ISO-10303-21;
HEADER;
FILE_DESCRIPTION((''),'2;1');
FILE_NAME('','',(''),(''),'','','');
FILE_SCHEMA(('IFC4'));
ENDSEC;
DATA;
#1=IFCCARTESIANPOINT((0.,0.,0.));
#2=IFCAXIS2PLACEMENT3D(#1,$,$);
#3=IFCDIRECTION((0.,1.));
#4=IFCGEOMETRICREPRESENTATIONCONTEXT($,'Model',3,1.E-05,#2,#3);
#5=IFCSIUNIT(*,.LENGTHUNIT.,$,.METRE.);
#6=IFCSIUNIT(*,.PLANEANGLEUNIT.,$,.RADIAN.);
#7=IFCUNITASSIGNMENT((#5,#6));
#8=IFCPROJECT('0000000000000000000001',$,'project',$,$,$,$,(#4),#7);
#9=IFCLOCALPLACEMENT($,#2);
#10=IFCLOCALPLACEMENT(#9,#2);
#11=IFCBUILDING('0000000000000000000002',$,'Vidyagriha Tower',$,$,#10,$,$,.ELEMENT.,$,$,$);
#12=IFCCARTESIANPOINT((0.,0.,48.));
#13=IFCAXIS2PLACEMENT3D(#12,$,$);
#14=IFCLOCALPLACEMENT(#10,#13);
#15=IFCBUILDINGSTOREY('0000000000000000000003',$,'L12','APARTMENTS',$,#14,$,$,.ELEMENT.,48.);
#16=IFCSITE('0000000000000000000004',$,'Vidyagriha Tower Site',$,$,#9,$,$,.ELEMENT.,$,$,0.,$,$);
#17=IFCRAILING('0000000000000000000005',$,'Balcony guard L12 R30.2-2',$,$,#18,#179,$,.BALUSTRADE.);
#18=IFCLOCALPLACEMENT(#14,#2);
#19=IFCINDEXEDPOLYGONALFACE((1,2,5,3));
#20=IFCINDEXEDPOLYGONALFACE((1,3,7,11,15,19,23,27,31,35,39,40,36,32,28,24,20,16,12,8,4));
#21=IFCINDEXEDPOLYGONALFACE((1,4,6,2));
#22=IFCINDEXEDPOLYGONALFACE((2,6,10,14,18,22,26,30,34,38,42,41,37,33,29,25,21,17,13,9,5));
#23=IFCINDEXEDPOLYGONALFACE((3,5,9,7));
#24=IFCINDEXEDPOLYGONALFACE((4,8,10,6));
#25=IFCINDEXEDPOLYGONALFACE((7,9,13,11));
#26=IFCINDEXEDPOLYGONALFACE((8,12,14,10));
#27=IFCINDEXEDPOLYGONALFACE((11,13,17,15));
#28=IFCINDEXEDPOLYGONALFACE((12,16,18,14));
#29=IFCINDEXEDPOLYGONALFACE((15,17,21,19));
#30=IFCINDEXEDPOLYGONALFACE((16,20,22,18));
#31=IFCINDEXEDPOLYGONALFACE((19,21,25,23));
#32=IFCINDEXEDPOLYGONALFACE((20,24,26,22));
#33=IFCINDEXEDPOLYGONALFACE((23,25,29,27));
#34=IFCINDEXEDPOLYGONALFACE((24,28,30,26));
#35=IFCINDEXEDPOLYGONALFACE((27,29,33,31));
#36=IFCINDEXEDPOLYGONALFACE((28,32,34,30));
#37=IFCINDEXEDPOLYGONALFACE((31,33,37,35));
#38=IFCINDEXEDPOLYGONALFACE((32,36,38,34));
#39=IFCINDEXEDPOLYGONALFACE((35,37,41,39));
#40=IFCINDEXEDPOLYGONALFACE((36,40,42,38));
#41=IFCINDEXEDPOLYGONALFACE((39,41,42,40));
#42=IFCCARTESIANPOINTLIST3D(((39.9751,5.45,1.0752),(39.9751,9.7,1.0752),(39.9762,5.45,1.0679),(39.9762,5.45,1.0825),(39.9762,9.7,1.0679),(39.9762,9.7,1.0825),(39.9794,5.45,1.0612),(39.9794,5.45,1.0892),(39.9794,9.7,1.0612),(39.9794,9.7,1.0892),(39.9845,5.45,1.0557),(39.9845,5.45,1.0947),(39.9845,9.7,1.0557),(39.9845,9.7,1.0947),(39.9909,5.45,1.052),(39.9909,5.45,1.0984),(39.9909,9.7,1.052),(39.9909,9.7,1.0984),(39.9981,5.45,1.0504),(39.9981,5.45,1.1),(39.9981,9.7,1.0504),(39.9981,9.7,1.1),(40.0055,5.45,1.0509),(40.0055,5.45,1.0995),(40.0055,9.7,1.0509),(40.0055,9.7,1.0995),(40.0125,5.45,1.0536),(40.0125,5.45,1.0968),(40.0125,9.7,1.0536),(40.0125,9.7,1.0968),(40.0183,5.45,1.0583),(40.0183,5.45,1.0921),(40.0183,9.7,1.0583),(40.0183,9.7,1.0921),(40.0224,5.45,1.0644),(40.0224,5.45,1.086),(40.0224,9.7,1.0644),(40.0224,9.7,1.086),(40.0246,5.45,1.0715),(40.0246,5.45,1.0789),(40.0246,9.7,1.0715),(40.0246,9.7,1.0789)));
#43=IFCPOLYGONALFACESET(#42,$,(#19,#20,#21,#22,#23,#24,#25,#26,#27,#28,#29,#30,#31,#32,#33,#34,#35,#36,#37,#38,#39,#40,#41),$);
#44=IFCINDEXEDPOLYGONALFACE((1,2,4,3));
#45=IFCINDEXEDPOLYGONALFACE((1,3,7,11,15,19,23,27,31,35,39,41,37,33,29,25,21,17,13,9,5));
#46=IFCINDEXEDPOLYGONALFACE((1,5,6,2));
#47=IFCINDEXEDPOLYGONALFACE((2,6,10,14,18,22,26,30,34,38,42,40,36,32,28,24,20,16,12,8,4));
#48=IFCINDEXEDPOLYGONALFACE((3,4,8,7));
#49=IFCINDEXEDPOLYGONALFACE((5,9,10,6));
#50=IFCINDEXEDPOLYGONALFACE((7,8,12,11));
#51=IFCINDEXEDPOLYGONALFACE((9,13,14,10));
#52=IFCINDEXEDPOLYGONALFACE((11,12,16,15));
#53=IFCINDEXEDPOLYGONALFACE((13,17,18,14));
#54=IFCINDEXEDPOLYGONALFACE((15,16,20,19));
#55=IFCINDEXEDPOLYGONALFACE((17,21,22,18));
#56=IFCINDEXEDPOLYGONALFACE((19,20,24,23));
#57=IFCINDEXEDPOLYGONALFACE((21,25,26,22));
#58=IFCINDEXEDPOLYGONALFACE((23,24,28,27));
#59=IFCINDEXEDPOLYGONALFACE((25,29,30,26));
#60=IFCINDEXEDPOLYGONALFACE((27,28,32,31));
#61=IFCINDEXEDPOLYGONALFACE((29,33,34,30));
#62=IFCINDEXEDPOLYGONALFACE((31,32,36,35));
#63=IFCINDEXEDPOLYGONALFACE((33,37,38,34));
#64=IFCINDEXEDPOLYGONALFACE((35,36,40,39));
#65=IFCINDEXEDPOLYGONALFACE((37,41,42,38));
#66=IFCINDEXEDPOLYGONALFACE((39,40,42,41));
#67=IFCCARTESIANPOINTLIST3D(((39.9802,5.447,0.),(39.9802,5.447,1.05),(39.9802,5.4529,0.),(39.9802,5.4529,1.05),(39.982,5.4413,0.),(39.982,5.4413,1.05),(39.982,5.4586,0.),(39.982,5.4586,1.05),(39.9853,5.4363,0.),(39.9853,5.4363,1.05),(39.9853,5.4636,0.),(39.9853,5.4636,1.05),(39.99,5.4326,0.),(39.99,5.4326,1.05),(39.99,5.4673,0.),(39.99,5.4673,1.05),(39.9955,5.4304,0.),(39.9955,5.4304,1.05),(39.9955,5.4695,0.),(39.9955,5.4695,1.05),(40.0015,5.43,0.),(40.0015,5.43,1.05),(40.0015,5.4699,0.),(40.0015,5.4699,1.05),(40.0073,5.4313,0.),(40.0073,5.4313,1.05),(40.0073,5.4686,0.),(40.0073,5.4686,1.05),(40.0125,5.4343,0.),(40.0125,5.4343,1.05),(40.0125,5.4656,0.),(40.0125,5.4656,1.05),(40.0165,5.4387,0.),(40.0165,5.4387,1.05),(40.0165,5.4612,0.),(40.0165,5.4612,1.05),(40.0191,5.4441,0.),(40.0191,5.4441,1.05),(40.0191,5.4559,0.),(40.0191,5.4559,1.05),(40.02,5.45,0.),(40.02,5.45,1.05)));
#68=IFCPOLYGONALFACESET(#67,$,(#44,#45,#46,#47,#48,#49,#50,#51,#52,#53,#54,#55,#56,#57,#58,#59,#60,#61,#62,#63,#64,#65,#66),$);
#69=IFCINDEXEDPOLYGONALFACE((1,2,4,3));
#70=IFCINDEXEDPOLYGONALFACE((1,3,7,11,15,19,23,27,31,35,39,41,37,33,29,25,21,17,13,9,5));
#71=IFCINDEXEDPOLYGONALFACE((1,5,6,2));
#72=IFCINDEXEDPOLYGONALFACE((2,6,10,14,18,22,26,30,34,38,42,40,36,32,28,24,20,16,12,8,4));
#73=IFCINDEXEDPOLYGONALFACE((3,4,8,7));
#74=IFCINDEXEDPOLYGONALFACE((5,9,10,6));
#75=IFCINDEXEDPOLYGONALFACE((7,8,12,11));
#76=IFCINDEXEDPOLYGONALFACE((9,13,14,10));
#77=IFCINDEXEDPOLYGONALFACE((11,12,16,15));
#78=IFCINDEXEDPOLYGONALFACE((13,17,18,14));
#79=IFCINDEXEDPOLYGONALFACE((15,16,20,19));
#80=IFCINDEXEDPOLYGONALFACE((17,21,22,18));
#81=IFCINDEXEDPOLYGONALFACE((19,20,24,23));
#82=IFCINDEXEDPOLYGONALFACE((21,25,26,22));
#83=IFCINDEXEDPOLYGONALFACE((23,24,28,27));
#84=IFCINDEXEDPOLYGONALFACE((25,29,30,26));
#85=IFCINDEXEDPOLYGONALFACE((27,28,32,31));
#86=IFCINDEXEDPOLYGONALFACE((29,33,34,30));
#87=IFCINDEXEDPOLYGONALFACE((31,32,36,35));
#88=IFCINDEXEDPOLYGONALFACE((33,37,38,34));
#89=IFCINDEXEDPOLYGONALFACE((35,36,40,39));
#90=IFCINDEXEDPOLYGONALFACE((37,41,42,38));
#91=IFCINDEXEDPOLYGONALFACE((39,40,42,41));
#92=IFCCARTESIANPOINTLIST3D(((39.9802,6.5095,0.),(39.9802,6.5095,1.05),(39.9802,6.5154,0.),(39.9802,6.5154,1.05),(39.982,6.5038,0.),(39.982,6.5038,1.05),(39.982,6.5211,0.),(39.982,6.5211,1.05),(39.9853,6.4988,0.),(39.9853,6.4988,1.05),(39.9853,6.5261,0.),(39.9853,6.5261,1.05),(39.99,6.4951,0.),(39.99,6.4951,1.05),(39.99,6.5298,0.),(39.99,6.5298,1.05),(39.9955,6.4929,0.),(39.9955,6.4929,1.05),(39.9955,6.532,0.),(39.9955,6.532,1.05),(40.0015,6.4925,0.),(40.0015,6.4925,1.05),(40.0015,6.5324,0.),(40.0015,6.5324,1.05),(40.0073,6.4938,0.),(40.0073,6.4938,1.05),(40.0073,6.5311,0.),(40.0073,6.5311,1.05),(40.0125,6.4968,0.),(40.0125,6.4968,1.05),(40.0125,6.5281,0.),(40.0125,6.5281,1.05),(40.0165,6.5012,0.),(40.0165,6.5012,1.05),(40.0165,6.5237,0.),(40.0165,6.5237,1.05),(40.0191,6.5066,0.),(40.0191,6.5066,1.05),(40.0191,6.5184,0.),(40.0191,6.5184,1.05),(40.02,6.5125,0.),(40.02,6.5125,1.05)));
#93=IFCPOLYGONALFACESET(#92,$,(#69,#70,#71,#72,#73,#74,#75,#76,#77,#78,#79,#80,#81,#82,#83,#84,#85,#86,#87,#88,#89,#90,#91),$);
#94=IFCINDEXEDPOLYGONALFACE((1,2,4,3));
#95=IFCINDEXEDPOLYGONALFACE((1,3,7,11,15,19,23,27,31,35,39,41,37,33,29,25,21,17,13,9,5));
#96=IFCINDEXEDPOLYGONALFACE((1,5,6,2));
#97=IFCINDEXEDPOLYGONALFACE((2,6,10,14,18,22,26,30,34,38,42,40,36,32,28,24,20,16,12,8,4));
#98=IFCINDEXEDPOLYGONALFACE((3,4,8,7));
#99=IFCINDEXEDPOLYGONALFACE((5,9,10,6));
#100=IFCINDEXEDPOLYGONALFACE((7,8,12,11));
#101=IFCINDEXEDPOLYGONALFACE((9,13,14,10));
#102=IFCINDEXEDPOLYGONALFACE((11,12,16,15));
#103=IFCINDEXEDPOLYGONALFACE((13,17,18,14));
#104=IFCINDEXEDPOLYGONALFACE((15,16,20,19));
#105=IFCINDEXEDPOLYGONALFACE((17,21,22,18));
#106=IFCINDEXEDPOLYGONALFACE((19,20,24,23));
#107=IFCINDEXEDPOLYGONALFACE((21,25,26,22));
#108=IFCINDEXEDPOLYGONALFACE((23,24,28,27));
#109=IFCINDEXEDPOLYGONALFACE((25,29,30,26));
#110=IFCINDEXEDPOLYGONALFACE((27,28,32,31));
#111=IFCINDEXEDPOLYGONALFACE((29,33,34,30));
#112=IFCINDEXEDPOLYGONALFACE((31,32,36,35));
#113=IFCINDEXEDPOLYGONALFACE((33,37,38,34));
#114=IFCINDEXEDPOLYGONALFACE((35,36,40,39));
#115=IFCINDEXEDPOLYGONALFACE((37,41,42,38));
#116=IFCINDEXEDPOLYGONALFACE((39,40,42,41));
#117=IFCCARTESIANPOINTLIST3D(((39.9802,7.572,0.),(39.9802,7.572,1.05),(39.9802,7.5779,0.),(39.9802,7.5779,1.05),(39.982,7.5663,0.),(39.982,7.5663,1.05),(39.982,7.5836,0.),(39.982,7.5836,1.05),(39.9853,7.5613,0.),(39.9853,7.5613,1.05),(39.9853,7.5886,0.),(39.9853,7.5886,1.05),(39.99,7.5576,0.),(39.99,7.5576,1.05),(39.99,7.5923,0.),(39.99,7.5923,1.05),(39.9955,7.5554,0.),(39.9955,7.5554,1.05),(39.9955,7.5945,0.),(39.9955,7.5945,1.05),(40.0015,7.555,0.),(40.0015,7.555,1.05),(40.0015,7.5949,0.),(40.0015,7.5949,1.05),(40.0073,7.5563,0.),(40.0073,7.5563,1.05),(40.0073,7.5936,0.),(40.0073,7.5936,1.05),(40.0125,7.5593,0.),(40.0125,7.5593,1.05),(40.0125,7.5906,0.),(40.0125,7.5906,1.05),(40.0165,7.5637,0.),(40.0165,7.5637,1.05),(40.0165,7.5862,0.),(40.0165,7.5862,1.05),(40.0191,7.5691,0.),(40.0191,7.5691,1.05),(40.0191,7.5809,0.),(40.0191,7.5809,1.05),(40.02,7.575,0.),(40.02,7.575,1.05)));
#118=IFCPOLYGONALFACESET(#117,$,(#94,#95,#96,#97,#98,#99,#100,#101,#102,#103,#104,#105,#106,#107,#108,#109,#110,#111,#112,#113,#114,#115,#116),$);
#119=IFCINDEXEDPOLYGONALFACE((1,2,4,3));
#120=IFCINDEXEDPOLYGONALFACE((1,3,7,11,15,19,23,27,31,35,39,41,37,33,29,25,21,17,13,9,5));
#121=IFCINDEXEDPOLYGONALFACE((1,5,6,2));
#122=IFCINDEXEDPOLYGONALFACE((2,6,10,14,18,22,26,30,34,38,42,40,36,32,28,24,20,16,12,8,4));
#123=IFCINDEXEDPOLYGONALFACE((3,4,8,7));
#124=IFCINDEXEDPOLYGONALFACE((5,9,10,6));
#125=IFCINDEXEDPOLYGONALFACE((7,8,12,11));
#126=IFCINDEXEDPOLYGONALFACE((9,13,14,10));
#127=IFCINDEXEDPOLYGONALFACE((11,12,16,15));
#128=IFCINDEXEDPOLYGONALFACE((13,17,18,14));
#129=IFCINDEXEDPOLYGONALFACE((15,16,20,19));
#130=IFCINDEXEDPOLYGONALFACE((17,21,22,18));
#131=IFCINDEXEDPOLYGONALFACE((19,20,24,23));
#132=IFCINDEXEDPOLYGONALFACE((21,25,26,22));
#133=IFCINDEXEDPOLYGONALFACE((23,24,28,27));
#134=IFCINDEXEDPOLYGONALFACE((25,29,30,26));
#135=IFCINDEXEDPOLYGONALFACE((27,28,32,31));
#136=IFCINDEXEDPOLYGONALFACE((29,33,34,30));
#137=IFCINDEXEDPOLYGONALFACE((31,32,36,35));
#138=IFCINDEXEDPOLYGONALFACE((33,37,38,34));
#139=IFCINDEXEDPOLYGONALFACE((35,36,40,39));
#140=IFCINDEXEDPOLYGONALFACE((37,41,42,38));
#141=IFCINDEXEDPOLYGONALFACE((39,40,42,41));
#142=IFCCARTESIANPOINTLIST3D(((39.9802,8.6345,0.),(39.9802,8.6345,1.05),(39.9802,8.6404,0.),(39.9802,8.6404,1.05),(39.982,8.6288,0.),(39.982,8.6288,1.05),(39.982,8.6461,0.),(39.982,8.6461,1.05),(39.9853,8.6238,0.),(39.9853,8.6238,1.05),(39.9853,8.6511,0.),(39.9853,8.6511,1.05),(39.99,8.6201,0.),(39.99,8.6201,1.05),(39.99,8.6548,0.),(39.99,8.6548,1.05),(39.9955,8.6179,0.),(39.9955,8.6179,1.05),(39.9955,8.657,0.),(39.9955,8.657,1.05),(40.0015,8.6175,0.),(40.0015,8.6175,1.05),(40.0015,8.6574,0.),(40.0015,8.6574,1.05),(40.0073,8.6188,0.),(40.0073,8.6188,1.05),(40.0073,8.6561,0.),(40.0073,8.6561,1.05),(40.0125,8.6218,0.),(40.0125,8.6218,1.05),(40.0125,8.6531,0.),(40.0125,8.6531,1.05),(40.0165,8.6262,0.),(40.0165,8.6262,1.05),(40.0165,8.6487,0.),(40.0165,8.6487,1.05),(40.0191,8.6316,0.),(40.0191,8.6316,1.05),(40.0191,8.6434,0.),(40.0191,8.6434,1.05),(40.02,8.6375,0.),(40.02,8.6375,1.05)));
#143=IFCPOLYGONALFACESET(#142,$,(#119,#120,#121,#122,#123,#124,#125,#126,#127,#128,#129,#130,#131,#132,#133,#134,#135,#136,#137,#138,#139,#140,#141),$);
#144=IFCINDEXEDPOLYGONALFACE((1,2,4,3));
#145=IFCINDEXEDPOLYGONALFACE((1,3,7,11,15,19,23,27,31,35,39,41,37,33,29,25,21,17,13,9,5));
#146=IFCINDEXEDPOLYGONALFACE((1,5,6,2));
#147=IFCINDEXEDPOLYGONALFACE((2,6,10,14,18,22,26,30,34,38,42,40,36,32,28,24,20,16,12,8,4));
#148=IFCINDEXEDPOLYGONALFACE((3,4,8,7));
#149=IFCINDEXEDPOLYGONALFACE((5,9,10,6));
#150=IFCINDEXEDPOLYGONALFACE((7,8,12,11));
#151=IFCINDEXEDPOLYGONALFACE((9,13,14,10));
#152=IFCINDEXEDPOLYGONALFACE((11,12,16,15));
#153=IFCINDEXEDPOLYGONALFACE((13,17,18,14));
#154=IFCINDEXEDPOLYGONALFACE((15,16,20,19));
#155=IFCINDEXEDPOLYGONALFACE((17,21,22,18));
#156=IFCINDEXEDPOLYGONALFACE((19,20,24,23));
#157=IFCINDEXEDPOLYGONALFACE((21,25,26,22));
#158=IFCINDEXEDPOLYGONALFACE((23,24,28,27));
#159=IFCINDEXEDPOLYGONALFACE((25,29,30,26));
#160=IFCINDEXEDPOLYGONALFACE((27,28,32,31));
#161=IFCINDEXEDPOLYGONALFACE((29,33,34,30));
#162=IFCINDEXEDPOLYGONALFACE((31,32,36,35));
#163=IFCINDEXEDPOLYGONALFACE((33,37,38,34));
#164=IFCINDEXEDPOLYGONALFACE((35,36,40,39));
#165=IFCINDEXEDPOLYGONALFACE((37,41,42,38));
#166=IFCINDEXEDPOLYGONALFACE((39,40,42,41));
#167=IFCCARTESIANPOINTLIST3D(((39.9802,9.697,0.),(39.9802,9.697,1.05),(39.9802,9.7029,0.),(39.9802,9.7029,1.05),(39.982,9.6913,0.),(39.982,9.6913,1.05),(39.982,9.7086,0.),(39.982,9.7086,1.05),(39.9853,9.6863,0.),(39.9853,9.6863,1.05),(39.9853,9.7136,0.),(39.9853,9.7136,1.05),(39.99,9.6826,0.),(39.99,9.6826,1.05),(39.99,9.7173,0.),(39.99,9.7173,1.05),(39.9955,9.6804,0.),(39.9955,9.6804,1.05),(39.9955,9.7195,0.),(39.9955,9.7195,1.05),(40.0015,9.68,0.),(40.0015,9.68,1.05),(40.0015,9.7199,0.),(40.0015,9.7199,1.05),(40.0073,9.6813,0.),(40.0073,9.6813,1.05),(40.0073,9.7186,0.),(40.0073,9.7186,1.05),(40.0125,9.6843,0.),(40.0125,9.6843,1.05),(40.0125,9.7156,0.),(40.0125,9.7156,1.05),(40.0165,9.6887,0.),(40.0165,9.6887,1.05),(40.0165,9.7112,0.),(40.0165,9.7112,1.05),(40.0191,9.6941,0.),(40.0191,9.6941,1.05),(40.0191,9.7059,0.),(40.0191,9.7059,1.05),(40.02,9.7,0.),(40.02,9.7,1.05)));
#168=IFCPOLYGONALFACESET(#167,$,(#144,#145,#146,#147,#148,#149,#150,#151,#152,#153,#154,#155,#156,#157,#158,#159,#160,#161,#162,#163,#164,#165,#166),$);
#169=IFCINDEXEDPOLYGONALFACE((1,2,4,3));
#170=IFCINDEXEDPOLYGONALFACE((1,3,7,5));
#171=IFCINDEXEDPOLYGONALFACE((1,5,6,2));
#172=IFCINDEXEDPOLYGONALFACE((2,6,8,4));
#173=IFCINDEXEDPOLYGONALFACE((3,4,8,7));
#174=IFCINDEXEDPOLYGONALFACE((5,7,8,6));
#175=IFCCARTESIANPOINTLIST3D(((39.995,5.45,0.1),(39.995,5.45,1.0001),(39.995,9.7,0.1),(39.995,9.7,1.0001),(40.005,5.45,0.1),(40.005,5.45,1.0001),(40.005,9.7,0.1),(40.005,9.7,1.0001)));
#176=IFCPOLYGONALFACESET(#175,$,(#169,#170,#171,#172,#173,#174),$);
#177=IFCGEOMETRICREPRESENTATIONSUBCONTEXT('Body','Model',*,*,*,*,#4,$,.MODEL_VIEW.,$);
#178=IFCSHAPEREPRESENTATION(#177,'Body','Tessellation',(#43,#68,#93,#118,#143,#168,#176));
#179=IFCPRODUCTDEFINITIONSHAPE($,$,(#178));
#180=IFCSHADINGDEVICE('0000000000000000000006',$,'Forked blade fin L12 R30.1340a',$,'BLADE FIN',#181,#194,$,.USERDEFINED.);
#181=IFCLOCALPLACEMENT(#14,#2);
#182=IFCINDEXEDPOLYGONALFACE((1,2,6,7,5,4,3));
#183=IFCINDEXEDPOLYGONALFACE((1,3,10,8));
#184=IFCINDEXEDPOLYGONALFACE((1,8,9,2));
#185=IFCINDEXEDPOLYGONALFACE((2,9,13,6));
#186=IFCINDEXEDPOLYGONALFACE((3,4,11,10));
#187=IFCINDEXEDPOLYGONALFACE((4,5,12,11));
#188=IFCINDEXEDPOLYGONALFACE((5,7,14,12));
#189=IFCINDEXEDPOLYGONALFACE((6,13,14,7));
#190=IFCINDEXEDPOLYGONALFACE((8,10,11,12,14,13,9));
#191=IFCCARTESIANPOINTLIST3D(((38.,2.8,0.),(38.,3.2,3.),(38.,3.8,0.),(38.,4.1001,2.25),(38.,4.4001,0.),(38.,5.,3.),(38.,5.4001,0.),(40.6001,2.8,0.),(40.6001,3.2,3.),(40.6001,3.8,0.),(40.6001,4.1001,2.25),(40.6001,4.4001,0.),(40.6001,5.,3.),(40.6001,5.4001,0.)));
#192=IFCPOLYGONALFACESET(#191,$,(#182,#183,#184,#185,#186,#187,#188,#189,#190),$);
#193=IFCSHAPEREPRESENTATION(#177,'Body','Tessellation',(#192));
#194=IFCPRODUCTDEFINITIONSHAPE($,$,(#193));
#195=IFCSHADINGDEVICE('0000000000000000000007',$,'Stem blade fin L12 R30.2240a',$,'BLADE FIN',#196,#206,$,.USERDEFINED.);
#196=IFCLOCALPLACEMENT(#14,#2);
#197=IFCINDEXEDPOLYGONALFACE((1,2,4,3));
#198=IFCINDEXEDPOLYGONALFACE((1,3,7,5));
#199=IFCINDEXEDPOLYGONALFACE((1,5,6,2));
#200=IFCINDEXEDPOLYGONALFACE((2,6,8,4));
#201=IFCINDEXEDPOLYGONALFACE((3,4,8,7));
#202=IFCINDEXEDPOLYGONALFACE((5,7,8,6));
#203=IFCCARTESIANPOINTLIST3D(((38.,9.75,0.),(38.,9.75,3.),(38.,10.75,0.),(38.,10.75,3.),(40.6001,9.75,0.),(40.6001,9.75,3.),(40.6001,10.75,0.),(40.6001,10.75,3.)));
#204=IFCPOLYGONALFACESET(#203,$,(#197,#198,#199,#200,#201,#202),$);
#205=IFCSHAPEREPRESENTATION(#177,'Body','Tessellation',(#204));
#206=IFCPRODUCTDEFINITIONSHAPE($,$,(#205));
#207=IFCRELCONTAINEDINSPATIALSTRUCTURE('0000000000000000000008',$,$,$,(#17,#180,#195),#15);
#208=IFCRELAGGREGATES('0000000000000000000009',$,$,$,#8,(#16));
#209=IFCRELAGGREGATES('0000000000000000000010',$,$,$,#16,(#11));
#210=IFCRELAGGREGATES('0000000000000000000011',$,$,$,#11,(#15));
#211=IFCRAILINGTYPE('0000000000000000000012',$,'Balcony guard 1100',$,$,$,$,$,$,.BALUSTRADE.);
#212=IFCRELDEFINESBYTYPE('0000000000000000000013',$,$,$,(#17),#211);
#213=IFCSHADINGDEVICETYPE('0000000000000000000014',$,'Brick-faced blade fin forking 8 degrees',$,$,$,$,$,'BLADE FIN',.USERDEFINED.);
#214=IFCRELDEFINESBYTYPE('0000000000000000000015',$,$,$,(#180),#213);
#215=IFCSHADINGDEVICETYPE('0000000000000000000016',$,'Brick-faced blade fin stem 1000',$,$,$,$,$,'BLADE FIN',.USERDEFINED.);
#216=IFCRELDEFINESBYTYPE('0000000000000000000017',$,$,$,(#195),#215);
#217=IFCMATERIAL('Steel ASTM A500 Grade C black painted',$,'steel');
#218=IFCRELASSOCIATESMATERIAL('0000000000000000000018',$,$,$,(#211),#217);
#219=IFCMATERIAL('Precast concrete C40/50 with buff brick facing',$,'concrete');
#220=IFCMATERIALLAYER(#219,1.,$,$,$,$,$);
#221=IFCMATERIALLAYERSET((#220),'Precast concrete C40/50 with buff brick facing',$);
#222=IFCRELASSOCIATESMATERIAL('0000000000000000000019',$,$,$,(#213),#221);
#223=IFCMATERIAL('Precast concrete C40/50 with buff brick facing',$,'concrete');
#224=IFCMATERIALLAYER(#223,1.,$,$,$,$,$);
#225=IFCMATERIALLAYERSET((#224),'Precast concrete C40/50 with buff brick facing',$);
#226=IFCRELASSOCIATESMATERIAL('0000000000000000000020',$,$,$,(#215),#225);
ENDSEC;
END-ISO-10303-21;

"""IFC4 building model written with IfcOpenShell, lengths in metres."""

from ifc_helpers import new_model, si_unit, direction, frame, origin, origin_2d, place, context, subcontext, project, spatial, polyline, rectangle, circle, outline, extrude, material, layer, layer_set, type_object, element, save


model = new_model("IFC4")

# Units and contexts
model_context = context("Model", 3, precision=1e-05, world=origin(), true_north=direction((0.0, 1.0)))
body_context = subcontext(model_context, "Body", "Model", "MODEL_VIEW")
ifc_project = project(units=[si_unit("LENGTHUNIT", "METRE"), si_unit("PLANEANGLEUNIT", "RADIAN")], contexts=[model_context])

# Site, building, storey
site_placement = place(None, origin())
site = spatial("IfcSite", under=ifc_project, at=site_placement, Name="Vidyagriha Tower Site", CompositionType="ELEMENT", RefElevation=0.0)
building_placement = place(site_placement, origin())
building = spatial("IfcBuilding", under=site, at=building_placement, Name="Vidyagriha Tower", CompositionType="ELEMENT")
storey_placement = place(building_placement, frame((0.0, 0.0, 48.0)))
storey = spatial("IfcBuildingStorey", under=building, at=storey_placement, Name="L12", Description="APARTMENTS", CompositionType="ELEMENT", Elevation=48.0)

# Railing
ifc_material_1 = material(Name="Steel ASTM A500 Grade C black painted", Category="steel")
railing_type_1 = type_object("IfcRailingType", Name="Balcony guard 1100", PredefinedType="BALUSTRADE", material=ifc_material_1)
railing_1_placement = place(storey_placement, frame((40.0, 5.45, 0.0)))
element("IfcRailing", 1, at=railing_1_placement, inside=storey, type_object=railing_type_1, Name="Balcony guard L12 R30.2-2", PredefinedType="BALUSTRADE", context=body_context, shape_type="SweptSolid", body=[
    extrude(circle(Radius=0.0249, at=origin_2d()), frame((0.0, 0.0, 1.0752), z_axis=(0.0, 1.0, 0.0), x_axis=(-1.0, 0.0, 0.0)), (0.0, 0.0, 1.0), 4.25),
    extrude(circle(Radius=0.02, at=origin_2d()), origin(), (0.0, 0.0, 1.0), 1.05),
    extrude(circle(Radius=0.02, at=origin_2d()), frame((0.0, 1.0625, 0.0)), (0.0, 0.0, 1.0), 1.05),
    extrude(circle(Radius=0.02, at=origin_2d()), frame((0.0, 2.125, 0.0)), (0.0, 0.0, 1.0), 1.05),
    extrude(circle(Radius=0.02, at=origin_2d()), frame((0.0, 3.1875, 0.0)), (0.0, 0.0, 1.0), 1.05),
    extrude(circle(Radius=0.02, at=origin_2d()), frame((0.0, 4.25, 0.0)), (0.0, 0.0, 1.0), 1.05),
    extrude(rectangle(XDim=0.01, YDim=0.9001, at=origin_2d()), frame((0.0, 0.0, 0.55), z_axis=(0.0, 1.0, 0.0), x_axis=(-1.0, 0.0, 0.0)), (0.0, 0.0, 1.0), 4.25),
])

# Shading devices
ifc_material_2 = material(Name="Precast concrete C40/50 with buff brick facing", Category="concrete")
ifc_layer_1 = layer(ifc_material_2, 1.0)
ifc_layer_set_1 = layer_set([ifc_layer_1], Name="Precast concrete C40/50 with buff brick facing")
shading_device_type_1 = type_object("IfcShadingDeviceType", Name="Brick-faced blade fin forking 8 degrees", ElementType="BLADE FIN", PredefinedType="USERDEFINED", material=ifc_layer_set_1)
shading_device_1_placement = place(storey_placement, frame((39.3, 2.8, 0.0), z_axis=(0.0, 0.0, 1.0), x_axis=(0.0, 1.0, 0.0)))
element("IfcShadingDevice", 2, at=shading_device_1_placement, inside=storey, type_object=shading_device_type_1, Name="Forked blade fin L12 R30.1340a", ObjectType="BLADE FIN", PredefinedType="USERDEFINED", context=body_context, shape_type="SweptSolid", body=[
    extrude(outline(polyline([(1.0, 0.0), (1.3, 2.25), (1.6001, 0.0), (2.6001, 0.0), (2.2, 3.0), (0.3999, 3.0), (0.0, 0.0), (1.0, 0.0)])), frame((0.0, 1.3, 0.0), z_axis=(0.0, -1.0, 0.0), x_axis=(1.0, 0.0, 0.0)), (0.0, 0.0, 1.0), 2.6001),
])
ifc_material_3 = material(Name="Precast concrete C40/50 with buff brick facing", Category="concrete")
ifc_layer_2 = layer(ifc_material_3, 1.0)
ifc_layer_set_2 = layer_set([ifc_layer_2], Name="Precast concrete C40/50 with buff brick facing")
shading_device_type_2 = type_object("IfcShadingDeviceType", Name="Brick-faced blade fin stem 1000", ElementType="BLADE FIN", PredefinedType="USERDEFINED", material=ifc_layer_set_2)
shading_device_2_placement = place(storey_placement, frame((39.3, 9.75, 0.0), z_axis=(0.0, 0.0, 1.0), x_axis=(0.0, 1.0, 0.0)))
element("IfcShadingDevice", 3, at=shading_device_2_placement, inside=storey, type_object=shading_device_type_2, Name="Stem blade fin L12 R30.2240a", ObjectType="BLADE FIN", PredefinedType="USERDEFINED", context=body_context, shape_type="SweptSolid", body=[
    extrude(outline(polyline([(0.0, 0.0), (1.0, 0.0), (1.0, 3.0), (0.0, 3.0), (0.0, 0.0)])), frame((0.0, 1.3, 0.0), z_axis=(0.0, -1.0, 0.0), x_axis=(1.0, 0.0, 0.0)), (0.0, 0.0, 1.0), 2.6001),
])

save(model, "model.ifc")
